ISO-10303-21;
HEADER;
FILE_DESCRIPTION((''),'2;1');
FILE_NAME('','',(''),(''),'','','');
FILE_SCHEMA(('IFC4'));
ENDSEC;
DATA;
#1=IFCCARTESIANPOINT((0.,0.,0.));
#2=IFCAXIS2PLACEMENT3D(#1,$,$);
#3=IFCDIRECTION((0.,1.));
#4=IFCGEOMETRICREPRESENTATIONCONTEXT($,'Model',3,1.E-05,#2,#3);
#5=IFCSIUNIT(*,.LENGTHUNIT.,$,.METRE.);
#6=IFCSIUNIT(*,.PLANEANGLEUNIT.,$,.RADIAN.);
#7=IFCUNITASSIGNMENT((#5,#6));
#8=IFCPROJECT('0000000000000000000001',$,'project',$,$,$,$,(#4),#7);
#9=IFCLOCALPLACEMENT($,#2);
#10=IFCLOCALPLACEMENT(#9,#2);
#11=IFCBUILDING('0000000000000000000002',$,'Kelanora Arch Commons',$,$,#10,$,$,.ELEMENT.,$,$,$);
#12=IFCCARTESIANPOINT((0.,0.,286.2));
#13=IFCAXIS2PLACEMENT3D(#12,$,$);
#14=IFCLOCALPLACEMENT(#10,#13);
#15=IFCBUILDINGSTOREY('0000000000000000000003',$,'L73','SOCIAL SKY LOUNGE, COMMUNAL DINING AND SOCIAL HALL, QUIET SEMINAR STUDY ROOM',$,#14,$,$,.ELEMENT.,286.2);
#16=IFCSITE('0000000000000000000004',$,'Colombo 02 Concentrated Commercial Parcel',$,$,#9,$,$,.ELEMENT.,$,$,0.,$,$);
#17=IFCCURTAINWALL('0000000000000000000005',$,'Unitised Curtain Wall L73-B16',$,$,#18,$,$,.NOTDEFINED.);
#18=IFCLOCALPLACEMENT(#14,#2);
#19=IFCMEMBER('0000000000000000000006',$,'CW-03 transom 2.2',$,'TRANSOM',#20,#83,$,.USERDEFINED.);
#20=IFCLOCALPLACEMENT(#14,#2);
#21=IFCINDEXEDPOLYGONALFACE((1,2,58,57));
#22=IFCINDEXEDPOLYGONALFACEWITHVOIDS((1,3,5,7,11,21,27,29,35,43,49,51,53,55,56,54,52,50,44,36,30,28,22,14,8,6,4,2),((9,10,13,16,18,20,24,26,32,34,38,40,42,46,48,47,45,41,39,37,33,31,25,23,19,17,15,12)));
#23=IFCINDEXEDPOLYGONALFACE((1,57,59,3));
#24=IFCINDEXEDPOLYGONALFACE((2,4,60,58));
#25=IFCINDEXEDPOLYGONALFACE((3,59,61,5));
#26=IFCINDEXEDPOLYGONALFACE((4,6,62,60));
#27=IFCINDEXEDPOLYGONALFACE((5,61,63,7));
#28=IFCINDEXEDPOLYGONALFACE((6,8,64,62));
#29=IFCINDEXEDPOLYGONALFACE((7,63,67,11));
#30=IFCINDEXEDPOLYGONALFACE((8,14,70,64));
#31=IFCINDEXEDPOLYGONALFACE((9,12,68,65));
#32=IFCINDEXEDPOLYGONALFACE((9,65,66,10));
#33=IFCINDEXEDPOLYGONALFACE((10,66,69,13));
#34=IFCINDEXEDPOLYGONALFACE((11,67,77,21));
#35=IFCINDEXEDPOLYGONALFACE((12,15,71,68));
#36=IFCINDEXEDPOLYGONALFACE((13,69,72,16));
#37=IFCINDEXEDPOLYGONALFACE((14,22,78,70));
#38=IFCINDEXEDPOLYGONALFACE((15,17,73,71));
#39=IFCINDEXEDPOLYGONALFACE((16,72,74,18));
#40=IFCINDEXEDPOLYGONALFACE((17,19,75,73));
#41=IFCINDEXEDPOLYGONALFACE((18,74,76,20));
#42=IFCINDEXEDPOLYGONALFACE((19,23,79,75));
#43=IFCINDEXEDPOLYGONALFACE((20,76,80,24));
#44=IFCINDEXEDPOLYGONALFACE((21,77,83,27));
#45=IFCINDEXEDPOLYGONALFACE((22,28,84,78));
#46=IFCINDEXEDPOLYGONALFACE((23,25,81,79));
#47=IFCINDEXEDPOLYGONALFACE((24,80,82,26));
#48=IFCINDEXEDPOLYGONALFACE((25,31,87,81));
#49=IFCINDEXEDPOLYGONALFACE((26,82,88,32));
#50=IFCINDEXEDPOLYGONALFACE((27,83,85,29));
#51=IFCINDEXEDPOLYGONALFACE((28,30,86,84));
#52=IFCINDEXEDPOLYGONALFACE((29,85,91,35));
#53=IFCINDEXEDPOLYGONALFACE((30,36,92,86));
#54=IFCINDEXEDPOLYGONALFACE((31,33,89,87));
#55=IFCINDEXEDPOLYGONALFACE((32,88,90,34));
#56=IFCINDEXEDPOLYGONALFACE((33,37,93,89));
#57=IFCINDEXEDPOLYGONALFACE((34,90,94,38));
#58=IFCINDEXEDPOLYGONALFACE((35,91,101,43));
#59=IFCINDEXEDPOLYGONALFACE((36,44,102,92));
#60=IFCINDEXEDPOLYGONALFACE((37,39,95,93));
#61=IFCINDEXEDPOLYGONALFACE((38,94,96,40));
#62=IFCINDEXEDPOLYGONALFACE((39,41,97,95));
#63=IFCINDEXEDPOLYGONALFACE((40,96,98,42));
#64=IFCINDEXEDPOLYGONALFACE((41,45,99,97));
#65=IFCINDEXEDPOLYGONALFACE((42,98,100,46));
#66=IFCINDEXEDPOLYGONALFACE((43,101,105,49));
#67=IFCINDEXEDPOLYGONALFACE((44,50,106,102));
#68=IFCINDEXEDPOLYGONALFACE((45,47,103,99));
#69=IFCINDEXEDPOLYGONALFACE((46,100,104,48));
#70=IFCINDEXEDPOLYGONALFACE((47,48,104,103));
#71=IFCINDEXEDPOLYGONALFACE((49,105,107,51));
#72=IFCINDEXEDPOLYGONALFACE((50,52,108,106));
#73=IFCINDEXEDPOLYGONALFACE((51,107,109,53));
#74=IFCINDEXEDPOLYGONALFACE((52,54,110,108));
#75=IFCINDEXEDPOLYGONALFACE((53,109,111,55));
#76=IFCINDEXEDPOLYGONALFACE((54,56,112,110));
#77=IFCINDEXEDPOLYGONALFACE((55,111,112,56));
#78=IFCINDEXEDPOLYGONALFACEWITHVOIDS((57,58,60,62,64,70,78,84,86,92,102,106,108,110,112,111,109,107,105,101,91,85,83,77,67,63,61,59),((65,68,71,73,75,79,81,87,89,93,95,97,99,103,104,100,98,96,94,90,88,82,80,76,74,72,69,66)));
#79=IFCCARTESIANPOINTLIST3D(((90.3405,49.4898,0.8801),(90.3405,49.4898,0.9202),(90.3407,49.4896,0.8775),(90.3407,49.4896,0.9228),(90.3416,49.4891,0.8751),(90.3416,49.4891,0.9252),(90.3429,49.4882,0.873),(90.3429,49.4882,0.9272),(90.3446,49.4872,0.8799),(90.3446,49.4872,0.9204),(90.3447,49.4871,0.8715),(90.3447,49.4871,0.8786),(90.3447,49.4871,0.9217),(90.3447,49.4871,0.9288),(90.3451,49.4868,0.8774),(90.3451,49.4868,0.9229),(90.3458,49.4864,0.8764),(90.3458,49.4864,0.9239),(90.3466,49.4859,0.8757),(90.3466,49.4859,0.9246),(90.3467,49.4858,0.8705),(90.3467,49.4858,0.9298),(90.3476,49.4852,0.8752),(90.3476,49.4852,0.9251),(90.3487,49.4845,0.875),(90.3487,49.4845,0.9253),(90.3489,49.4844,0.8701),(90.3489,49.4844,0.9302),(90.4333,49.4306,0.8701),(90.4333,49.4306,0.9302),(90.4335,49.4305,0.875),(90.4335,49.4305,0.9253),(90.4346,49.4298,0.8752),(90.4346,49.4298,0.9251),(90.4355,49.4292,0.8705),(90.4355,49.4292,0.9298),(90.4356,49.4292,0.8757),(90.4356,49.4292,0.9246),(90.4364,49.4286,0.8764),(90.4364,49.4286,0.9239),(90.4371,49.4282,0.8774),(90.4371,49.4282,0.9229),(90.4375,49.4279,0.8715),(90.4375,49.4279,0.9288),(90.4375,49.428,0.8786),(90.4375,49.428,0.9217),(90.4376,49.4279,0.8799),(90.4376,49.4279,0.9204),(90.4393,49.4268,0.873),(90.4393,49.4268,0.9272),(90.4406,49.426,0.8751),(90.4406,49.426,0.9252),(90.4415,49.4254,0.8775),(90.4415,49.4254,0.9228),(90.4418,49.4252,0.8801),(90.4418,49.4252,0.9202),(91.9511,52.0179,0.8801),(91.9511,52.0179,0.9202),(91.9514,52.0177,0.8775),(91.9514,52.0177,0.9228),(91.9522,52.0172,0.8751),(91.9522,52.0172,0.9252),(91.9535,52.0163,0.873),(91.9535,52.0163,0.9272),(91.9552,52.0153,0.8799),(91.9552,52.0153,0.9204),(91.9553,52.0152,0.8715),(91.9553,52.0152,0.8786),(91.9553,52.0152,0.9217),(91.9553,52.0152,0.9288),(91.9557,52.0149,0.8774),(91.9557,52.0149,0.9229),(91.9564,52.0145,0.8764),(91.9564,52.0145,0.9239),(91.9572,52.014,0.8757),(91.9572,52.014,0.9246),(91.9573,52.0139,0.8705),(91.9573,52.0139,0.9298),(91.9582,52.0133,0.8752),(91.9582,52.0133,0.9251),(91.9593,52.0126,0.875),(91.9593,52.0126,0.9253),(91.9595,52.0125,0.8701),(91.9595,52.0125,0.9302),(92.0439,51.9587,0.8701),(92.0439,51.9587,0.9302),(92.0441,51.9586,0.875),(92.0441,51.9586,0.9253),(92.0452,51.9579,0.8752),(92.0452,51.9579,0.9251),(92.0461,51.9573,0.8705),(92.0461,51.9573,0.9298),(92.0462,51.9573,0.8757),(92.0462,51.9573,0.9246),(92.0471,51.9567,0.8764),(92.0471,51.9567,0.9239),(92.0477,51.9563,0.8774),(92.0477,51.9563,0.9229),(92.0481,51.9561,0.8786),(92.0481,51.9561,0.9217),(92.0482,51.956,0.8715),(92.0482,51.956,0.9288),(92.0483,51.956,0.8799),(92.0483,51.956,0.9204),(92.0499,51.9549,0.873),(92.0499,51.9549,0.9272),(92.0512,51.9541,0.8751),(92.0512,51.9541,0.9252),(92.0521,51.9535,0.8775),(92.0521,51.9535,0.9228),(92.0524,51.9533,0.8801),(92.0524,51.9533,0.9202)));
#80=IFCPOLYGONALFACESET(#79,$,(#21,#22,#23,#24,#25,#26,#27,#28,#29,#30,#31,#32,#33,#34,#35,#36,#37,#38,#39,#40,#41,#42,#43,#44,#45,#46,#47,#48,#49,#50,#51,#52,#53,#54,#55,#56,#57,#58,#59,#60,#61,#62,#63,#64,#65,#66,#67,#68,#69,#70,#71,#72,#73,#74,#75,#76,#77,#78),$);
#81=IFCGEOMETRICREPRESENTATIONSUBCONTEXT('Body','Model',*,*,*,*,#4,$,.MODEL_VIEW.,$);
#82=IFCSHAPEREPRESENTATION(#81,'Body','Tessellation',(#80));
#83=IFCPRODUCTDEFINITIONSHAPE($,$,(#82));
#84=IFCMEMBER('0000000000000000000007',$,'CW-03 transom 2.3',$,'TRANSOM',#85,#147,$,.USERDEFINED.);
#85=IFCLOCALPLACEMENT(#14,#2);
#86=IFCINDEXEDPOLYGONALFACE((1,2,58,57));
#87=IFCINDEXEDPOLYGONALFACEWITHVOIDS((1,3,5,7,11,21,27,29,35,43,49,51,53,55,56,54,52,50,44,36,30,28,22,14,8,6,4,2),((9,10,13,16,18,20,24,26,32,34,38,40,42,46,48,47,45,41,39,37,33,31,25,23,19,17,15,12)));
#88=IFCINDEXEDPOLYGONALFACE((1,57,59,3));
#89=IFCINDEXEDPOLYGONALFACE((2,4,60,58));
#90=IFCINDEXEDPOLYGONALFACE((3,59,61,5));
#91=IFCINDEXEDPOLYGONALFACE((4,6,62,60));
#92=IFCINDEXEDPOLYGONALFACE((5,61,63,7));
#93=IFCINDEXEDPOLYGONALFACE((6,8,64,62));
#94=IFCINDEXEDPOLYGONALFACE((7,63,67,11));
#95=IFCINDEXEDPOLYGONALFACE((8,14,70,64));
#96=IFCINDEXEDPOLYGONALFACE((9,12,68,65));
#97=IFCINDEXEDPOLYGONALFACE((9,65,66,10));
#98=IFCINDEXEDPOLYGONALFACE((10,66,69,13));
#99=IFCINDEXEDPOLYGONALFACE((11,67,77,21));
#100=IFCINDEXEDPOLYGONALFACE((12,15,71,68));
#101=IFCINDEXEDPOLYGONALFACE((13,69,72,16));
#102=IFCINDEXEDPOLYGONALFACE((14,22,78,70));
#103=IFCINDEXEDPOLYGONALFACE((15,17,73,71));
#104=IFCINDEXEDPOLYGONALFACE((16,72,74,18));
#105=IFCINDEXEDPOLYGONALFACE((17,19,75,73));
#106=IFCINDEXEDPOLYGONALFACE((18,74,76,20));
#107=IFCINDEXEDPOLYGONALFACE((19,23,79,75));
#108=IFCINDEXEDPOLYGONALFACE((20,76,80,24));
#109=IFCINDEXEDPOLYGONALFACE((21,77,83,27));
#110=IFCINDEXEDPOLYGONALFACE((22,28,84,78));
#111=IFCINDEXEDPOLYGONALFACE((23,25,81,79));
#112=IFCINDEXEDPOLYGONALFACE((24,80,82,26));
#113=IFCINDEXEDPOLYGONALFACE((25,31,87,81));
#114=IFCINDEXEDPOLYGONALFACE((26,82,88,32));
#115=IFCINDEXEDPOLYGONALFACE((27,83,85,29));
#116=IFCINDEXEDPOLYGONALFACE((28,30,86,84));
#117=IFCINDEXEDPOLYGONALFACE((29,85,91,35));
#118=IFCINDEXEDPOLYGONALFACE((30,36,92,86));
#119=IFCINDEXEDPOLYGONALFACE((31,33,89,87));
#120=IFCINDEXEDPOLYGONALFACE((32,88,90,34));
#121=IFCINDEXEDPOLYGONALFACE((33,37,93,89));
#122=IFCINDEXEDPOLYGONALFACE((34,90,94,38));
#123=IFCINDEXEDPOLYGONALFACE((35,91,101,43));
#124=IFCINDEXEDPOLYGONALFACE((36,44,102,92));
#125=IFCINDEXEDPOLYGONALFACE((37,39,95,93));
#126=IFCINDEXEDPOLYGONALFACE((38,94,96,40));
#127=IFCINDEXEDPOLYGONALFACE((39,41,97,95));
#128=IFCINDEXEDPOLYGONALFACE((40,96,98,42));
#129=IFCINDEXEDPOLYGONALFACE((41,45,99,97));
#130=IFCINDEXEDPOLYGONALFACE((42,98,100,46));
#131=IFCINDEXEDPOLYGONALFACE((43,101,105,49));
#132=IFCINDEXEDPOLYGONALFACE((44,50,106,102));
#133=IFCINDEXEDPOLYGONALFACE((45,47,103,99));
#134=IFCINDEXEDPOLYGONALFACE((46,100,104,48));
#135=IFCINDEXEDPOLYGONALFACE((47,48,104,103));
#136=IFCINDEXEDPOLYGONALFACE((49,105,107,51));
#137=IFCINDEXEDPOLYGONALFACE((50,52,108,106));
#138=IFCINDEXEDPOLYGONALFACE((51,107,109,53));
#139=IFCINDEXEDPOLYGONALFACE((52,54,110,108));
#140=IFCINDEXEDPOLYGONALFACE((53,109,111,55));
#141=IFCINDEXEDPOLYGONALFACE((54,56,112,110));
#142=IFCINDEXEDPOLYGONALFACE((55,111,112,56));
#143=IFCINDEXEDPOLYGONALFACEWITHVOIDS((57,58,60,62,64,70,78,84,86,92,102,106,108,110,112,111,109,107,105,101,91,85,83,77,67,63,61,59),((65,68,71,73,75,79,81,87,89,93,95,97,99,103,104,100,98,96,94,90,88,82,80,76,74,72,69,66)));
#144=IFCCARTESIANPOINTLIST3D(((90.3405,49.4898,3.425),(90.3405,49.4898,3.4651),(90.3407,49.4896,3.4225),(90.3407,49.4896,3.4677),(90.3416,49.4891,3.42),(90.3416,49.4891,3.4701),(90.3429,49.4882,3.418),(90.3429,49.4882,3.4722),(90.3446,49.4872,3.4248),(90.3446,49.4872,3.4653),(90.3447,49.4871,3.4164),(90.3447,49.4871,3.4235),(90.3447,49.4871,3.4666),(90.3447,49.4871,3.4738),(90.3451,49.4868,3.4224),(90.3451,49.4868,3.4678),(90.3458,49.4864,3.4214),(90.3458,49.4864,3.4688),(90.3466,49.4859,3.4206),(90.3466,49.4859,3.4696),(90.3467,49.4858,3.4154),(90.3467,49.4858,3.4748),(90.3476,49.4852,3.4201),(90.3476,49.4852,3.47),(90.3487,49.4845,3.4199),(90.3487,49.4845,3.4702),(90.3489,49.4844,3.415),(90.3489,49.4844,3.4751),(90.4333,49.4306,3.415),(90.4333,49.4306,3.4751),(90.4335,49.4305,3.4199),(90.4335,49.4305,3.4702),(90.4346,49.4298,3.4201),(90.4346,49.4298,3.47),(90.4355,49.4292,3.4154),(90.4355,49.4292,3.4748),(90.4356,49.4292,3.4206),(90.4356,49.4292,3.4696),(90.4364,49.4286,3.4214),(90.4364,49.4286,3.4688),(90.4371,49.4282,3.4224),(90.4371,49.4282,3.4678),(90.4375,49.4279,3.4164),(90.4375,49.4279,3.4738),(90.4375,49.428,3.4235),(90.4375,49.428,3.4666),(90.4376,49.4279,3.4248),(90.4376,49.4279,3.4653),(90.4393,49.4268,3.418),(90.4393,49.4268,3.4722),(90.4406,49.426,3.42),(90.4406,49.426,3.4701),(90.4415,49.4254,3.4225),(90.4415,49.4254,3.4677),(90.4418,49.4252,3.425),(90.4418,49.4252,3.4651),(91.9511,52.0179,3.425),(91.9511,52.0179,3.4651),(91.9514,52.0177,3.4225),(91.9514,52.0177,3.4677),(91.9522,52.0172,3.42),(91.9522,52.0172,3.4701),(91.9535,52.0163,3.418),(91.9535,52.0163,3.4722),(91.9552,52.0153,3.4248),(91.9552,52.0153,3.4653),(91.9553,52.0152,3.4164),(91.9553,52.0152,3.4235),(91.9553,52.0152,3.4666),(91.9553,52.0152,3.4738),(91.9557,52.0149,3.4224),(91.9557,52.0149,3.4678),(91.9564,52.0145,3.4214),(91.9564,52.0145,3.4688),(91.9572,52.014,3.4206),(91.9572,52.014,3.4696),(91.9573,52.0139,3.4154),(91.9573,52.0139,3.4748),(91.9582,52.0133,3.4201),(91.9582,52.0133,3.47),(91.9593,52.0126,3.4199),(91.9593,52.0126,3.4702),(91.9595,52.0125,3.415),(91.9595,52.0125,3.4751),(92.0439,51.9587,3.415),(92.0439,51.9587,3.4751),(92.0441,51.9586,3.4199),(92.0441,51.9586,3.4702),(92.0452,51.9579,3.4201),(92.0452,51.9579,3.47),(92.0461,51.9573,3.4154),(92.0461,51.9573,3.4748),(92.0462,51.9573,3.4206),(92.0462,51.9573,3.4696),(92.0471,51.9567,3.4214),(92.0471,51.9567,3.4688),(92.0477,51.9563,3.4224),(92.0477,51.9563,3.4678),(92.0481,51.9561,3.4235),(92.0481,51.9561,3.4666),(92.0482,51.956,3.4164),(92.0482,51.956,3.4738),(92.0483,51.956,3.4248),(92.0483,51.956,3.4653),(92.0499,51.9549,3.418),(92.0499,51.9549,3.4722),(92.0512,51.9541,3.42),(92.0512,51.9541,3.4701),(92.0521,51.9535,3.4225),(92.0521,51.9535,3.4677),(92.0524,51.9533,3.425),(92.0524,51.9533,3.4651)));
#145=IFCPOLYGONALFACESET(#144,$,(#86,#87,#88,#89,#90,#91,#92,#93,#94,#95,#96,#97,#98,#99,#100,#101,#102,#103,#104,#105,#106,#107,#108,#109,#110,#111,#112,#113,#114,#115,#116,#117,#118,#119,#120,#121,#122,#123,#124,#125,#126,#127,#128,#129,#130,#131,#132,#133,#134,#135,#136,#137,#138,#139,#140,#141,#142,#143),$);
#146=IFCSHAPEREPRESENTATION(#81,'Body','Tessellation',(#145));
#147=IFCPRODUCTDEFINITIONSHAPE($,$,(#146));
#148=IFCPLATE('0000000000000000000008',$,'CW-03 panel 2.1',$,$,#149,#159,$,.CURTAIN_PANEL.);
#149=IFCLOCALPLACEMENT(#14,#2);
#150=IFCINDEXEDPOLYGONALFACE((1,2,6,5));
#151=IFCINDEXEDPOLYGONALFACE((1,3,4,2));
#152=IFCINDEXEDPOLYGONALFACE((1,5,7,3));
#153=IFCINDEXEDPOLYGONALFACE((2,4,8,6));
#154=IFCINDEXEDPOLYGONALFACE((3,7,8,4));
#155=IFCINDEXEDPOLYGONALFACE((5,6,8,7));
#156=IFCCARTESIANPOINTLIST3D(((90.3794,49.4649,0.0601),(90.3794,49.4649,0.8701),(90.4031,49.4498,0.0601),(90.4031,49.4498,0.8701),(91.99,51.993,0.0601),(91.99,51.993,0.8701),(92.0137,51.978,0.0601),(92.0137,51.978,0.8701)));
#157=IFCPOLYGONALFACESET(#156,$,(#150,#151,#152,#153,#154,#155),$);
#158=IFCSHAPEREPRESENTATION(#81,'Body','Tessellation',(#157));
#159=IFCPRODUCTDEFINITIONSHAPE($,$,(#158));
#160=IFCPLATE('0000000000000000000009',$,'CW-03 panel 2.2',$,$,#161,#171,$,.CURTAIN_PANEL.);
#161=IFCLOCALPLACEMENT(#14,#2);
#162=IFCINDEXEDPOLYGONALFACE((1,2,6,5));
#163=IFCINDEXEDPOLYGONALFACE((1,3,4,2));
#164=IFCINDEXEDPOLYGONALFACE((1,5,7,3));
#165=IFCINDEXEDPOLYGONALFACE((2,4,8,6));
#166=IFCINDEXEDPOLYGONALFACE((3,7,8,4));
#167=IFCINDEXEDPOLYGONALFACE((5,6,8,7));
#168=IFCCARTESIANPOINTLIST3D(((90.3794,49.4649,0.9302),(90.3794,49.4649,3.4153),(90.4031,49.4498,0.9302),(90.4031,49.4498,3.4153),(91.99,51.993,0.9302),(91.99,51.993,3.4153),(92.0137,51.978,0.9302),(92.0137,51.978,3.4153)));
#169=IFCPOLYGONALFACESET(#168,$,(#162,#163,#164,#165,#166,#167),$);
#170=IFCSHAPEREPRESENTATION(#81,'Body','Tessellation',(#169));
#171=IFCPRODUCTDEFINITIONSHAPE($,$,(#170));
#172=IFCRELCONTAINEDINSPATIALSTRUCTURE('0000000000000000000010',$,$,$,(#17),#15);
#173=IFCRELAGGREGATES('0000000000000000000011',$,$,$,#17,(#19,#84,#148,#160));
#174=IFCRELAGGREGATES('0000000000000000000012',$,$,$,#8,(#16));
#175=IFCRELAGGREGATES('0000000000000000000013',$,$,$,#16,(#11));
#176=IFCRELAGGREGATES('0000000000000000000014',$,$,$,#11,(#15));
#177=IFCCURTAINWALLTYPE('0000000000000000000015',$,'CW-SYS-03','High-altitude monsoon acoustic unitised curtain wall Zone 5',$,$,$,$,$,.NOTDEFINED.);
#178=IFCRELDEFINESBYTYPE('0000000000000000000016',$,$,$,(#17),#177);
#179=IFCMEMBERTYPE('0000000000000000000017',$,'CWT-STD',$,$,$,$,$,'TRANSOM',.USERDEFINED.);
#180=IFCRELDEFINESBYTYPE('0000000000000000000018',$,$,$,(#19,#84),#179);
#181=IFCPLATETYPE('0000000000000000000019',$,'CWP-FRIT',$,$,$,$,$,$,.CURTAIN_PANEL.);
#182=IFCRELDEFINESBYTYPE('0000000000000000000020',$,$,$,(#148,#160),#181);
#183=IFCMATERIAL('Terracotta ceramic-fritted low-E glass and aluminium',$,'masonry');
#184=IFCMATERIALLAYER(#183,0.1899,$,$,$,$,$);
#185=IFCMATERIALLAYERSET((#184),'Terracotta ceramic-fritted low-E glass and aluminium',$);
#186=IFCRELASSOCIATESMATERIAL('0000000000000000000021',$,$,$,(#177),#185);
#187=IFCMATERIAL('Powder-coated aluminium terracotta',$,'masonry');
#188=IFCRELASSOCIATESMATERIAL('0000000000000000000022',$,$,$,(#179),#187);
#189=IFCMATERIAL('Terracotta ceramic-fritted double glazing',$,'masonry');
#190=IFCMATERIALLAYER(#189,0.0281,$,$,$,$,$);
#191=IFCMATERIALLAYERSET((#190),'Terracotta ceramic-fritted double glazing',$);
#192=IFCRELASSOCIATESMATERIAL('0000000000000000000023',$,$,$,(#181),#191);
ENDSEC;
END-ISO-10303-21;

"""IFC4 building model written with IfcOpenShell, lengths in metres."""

from ifc_helpers import new_model, si_unit, direction, frame, origin, origin_2d, place, context, subcontext, project, spatial, rectangle, hollow_rectangle, extrude, source, transform, mapped, material, layer, layer_set, material_profile, profile_set, type_object, element, aggregate, save


model = new_model("IFC4")

# Units and contexts
model_context = context("Model", 3, precision=1e-05, world=origin(), true_north=direction((0.0, 1.0)))
body_context = subcontext(model_context, "Body", "Model", "MODEL_VIEW")
ifc_project = project(units=[si_unit("LENGTHUNIT", "METRE"), si_unit("PLANEANGLEUNIT", "RADIAN")], contexts=[model_context])

# Site, building, storey
site_placement = place(None, origin())
site = spatial("IfcSite", under=ifc_project, at=site_placement, Name="Colombo 02 Concentrated Commercial Parcel", CompositionType="ELEMENT", RefElevation=0.0)
building_placement = place(site_placement, origin())
building = spatial("IfcBuilding", under=site, at=building_placement, Name="Kelanora Arch Commons", CompositionType="ELEMENT")
storey_placement = place(building_placement, frame((0.0, 0.0, 286.2)))
storey = spatial("IfcBuildingStorey", under=building, at=storey_placement, Name="L73", Description="SOCIAL SKY LOUNGE, COMMUNAL DINING AND SOCIAL HALL, QUIET SEMINAR STUDY ROOM", CompositionType="ELEMENT", Elevation=286.2)

# Curtain wall, members, plates
ifc_material_1 = material(Name="Terracotta ceramic-fritted low-E glass and aluminium", Category="masonry")
ifc_layer_1 = layer(ifc_material_1, 0.1899)
ifc_layer_set_1 = layer_set([ifc_layer_1], Name="Terracotta ceramic-fritted low-E glass and aluminium")
curtain_wall_type = type_object("IfcCurtainWallType", Name="CW-SYS-03", Description="High-altitude monsoon acoustic unitised curtain wall Zone 5", PredefinedType="NOTDEFINED", material=ifc_layer_set_1)
curtain_wall_placement = place(storey_placement, origin())
curtain_wall = element("IfcCurtainWall", 1, at=curtain_wall_placement, inside=storey, type_object=curtain_wall_type, Name="Unitised Curtain Wall L73-B16", PredefinedType="NOTDEFINED")
ifc_material_2 = material(Name="Powder-coated aluminium terracotta", Category="masonry")
ifc_material_profile_1 = material_profile(ifc_material_2, hollow_rectangle(XDim=0.1201, YDim=0.0601, WallThickness=0.0049, InnerFilletRadius=0.0049, OuterFilletRadius=0.01, at=origin_2d()), Name="CWT120x60")
ifc_profile_set_1 = profile_set([ifc_material_profile_1], Name="Powder-coated aluminium terracotta")
member_type_1 = type_object("IfcMemberType", Name="CWT-STD", ElementType="TRANSOM", PredefinedType="USERDEFINED", material=ifc_profile_set_1)
member_1_placement = place(storey_placement, frame((90.3911, 49.4575, 0.9001), z_axis=(0.537308, 0.843386, 0.0), x_axis=(-0.843386, 0.537308, 0.0)))
member_1 = element("IfcMember", 2, at=member_1_placement, type_object=member_type_1, Name="CW-03 transom 2.2", ObjectType="TRANSOM", PredefinedType="USERDEFINED", context=body_context, shape_type="SweptSolid", body=[
    extrude(hollow_rectangle(XDim=0.1201, YDim=0.0601, WallThickness=0.0049, InnerFilletRadius=0.0049, OuterFilletRadius=0.01, at=origin_2d()), origin(), (0.0, 0.0, 1.0), 2.9976),
])
member_2_placement = place(storey_placement, frame((90.3911, 49.4575, 3.4451), z_axis=(0.537308, 0.843386, 0.0), x_axis=(-0.843386, 0.537308, 0.0)))
member_2 = element("IfcMember", 3, at=member_2_placement, type_object=member_type_1, Name="CW-03 transom 2.3", ObjectType="TRANSOM", PredefinedType="USERDEFINED", context=body_context, shape_type="SweptSolid", body=[
    extrude(hollow_rectangle(XDim=0.1201, YDim=0.0601, WallThickness=0.0049, InnerFilletRadius=0.0049, OuterFilletRadius=0.01, at=origin_2d()), origin(), (0.0, 0.0, 1.0), 2.9976),
])
ifc_material_3 = material(Name="Terracotta ceramic-fritted double glazing", Category="masonry")
ifc_layer_2 = layer(ifc_material_3, 0.0281)
ifc_layer_set_2 = layer_set([ifc_layer_2], Name="Terracotta ceramic-fritted double glazing")
plate_type = type_object("IfcPlateType", Name="CWP-FRIT", PredefinedType="CURTAIN_PANEL", material=ifc_layer_set_2)
shared_shape_1 = source(origin(), body_context, "Body", "SweptSolid", [
    extrude(rectangle(XDim=2.9976, YDim=0.0281, at=origin_2d()), origin(), (0.0, 0.0, 1.0), 0.8101),
])
plate_1_placement = place(storey_placement, frame((91.1965, 50.7214, 0.0601), z_axis=(0.0, 0.0, 1.0), x_axis=(0.5373, 0.843391, 0.0)))
plate_1 = element("IfcPlate", 4, at=plate_1_placement, type_object=plate_type, Name="CW-03 panel 2.1", PredefinedType="CURTAIN_PANEL", context=body_context, shape_type="MappedRepresentation", body=[
    mapped(shared_shape_1, transform((0.0, 0.0, 0.0), scale=1.0)),
])
shared_shape_2 = source(origin(), body_context, "Body", "SweptSolid", [
    extrude(rectangle(XDim=2.9976, YDim=0.0281, at=origin_2d()), origin(), (0.0, 0.0, 1.0), 2.4851),
])
plate_2_placement = place(storey_placement, frame((91.1965, 50.7214, 0.9302), z_axis=(0.0, 0.0, 1.0), x_axis=(0.5373, 0.843391, 0.0)))
plate_2 = element("IfcPlate", 5, at=plate_2_placement, type_object=plate_type, Name="CW-03 panel 2.2", PredefinedType="CURTAIN_PANEL", context=body_context, shape_type="MappedRepresentation", body=[
    mapped(shared_shape_2, transform((0.0, 0.0, 0.0), scale=1.0)),
])
aggregate(curtain_wall, [member_1, member_2, plate_1, plate_2])

save(model, "model.ifc")
